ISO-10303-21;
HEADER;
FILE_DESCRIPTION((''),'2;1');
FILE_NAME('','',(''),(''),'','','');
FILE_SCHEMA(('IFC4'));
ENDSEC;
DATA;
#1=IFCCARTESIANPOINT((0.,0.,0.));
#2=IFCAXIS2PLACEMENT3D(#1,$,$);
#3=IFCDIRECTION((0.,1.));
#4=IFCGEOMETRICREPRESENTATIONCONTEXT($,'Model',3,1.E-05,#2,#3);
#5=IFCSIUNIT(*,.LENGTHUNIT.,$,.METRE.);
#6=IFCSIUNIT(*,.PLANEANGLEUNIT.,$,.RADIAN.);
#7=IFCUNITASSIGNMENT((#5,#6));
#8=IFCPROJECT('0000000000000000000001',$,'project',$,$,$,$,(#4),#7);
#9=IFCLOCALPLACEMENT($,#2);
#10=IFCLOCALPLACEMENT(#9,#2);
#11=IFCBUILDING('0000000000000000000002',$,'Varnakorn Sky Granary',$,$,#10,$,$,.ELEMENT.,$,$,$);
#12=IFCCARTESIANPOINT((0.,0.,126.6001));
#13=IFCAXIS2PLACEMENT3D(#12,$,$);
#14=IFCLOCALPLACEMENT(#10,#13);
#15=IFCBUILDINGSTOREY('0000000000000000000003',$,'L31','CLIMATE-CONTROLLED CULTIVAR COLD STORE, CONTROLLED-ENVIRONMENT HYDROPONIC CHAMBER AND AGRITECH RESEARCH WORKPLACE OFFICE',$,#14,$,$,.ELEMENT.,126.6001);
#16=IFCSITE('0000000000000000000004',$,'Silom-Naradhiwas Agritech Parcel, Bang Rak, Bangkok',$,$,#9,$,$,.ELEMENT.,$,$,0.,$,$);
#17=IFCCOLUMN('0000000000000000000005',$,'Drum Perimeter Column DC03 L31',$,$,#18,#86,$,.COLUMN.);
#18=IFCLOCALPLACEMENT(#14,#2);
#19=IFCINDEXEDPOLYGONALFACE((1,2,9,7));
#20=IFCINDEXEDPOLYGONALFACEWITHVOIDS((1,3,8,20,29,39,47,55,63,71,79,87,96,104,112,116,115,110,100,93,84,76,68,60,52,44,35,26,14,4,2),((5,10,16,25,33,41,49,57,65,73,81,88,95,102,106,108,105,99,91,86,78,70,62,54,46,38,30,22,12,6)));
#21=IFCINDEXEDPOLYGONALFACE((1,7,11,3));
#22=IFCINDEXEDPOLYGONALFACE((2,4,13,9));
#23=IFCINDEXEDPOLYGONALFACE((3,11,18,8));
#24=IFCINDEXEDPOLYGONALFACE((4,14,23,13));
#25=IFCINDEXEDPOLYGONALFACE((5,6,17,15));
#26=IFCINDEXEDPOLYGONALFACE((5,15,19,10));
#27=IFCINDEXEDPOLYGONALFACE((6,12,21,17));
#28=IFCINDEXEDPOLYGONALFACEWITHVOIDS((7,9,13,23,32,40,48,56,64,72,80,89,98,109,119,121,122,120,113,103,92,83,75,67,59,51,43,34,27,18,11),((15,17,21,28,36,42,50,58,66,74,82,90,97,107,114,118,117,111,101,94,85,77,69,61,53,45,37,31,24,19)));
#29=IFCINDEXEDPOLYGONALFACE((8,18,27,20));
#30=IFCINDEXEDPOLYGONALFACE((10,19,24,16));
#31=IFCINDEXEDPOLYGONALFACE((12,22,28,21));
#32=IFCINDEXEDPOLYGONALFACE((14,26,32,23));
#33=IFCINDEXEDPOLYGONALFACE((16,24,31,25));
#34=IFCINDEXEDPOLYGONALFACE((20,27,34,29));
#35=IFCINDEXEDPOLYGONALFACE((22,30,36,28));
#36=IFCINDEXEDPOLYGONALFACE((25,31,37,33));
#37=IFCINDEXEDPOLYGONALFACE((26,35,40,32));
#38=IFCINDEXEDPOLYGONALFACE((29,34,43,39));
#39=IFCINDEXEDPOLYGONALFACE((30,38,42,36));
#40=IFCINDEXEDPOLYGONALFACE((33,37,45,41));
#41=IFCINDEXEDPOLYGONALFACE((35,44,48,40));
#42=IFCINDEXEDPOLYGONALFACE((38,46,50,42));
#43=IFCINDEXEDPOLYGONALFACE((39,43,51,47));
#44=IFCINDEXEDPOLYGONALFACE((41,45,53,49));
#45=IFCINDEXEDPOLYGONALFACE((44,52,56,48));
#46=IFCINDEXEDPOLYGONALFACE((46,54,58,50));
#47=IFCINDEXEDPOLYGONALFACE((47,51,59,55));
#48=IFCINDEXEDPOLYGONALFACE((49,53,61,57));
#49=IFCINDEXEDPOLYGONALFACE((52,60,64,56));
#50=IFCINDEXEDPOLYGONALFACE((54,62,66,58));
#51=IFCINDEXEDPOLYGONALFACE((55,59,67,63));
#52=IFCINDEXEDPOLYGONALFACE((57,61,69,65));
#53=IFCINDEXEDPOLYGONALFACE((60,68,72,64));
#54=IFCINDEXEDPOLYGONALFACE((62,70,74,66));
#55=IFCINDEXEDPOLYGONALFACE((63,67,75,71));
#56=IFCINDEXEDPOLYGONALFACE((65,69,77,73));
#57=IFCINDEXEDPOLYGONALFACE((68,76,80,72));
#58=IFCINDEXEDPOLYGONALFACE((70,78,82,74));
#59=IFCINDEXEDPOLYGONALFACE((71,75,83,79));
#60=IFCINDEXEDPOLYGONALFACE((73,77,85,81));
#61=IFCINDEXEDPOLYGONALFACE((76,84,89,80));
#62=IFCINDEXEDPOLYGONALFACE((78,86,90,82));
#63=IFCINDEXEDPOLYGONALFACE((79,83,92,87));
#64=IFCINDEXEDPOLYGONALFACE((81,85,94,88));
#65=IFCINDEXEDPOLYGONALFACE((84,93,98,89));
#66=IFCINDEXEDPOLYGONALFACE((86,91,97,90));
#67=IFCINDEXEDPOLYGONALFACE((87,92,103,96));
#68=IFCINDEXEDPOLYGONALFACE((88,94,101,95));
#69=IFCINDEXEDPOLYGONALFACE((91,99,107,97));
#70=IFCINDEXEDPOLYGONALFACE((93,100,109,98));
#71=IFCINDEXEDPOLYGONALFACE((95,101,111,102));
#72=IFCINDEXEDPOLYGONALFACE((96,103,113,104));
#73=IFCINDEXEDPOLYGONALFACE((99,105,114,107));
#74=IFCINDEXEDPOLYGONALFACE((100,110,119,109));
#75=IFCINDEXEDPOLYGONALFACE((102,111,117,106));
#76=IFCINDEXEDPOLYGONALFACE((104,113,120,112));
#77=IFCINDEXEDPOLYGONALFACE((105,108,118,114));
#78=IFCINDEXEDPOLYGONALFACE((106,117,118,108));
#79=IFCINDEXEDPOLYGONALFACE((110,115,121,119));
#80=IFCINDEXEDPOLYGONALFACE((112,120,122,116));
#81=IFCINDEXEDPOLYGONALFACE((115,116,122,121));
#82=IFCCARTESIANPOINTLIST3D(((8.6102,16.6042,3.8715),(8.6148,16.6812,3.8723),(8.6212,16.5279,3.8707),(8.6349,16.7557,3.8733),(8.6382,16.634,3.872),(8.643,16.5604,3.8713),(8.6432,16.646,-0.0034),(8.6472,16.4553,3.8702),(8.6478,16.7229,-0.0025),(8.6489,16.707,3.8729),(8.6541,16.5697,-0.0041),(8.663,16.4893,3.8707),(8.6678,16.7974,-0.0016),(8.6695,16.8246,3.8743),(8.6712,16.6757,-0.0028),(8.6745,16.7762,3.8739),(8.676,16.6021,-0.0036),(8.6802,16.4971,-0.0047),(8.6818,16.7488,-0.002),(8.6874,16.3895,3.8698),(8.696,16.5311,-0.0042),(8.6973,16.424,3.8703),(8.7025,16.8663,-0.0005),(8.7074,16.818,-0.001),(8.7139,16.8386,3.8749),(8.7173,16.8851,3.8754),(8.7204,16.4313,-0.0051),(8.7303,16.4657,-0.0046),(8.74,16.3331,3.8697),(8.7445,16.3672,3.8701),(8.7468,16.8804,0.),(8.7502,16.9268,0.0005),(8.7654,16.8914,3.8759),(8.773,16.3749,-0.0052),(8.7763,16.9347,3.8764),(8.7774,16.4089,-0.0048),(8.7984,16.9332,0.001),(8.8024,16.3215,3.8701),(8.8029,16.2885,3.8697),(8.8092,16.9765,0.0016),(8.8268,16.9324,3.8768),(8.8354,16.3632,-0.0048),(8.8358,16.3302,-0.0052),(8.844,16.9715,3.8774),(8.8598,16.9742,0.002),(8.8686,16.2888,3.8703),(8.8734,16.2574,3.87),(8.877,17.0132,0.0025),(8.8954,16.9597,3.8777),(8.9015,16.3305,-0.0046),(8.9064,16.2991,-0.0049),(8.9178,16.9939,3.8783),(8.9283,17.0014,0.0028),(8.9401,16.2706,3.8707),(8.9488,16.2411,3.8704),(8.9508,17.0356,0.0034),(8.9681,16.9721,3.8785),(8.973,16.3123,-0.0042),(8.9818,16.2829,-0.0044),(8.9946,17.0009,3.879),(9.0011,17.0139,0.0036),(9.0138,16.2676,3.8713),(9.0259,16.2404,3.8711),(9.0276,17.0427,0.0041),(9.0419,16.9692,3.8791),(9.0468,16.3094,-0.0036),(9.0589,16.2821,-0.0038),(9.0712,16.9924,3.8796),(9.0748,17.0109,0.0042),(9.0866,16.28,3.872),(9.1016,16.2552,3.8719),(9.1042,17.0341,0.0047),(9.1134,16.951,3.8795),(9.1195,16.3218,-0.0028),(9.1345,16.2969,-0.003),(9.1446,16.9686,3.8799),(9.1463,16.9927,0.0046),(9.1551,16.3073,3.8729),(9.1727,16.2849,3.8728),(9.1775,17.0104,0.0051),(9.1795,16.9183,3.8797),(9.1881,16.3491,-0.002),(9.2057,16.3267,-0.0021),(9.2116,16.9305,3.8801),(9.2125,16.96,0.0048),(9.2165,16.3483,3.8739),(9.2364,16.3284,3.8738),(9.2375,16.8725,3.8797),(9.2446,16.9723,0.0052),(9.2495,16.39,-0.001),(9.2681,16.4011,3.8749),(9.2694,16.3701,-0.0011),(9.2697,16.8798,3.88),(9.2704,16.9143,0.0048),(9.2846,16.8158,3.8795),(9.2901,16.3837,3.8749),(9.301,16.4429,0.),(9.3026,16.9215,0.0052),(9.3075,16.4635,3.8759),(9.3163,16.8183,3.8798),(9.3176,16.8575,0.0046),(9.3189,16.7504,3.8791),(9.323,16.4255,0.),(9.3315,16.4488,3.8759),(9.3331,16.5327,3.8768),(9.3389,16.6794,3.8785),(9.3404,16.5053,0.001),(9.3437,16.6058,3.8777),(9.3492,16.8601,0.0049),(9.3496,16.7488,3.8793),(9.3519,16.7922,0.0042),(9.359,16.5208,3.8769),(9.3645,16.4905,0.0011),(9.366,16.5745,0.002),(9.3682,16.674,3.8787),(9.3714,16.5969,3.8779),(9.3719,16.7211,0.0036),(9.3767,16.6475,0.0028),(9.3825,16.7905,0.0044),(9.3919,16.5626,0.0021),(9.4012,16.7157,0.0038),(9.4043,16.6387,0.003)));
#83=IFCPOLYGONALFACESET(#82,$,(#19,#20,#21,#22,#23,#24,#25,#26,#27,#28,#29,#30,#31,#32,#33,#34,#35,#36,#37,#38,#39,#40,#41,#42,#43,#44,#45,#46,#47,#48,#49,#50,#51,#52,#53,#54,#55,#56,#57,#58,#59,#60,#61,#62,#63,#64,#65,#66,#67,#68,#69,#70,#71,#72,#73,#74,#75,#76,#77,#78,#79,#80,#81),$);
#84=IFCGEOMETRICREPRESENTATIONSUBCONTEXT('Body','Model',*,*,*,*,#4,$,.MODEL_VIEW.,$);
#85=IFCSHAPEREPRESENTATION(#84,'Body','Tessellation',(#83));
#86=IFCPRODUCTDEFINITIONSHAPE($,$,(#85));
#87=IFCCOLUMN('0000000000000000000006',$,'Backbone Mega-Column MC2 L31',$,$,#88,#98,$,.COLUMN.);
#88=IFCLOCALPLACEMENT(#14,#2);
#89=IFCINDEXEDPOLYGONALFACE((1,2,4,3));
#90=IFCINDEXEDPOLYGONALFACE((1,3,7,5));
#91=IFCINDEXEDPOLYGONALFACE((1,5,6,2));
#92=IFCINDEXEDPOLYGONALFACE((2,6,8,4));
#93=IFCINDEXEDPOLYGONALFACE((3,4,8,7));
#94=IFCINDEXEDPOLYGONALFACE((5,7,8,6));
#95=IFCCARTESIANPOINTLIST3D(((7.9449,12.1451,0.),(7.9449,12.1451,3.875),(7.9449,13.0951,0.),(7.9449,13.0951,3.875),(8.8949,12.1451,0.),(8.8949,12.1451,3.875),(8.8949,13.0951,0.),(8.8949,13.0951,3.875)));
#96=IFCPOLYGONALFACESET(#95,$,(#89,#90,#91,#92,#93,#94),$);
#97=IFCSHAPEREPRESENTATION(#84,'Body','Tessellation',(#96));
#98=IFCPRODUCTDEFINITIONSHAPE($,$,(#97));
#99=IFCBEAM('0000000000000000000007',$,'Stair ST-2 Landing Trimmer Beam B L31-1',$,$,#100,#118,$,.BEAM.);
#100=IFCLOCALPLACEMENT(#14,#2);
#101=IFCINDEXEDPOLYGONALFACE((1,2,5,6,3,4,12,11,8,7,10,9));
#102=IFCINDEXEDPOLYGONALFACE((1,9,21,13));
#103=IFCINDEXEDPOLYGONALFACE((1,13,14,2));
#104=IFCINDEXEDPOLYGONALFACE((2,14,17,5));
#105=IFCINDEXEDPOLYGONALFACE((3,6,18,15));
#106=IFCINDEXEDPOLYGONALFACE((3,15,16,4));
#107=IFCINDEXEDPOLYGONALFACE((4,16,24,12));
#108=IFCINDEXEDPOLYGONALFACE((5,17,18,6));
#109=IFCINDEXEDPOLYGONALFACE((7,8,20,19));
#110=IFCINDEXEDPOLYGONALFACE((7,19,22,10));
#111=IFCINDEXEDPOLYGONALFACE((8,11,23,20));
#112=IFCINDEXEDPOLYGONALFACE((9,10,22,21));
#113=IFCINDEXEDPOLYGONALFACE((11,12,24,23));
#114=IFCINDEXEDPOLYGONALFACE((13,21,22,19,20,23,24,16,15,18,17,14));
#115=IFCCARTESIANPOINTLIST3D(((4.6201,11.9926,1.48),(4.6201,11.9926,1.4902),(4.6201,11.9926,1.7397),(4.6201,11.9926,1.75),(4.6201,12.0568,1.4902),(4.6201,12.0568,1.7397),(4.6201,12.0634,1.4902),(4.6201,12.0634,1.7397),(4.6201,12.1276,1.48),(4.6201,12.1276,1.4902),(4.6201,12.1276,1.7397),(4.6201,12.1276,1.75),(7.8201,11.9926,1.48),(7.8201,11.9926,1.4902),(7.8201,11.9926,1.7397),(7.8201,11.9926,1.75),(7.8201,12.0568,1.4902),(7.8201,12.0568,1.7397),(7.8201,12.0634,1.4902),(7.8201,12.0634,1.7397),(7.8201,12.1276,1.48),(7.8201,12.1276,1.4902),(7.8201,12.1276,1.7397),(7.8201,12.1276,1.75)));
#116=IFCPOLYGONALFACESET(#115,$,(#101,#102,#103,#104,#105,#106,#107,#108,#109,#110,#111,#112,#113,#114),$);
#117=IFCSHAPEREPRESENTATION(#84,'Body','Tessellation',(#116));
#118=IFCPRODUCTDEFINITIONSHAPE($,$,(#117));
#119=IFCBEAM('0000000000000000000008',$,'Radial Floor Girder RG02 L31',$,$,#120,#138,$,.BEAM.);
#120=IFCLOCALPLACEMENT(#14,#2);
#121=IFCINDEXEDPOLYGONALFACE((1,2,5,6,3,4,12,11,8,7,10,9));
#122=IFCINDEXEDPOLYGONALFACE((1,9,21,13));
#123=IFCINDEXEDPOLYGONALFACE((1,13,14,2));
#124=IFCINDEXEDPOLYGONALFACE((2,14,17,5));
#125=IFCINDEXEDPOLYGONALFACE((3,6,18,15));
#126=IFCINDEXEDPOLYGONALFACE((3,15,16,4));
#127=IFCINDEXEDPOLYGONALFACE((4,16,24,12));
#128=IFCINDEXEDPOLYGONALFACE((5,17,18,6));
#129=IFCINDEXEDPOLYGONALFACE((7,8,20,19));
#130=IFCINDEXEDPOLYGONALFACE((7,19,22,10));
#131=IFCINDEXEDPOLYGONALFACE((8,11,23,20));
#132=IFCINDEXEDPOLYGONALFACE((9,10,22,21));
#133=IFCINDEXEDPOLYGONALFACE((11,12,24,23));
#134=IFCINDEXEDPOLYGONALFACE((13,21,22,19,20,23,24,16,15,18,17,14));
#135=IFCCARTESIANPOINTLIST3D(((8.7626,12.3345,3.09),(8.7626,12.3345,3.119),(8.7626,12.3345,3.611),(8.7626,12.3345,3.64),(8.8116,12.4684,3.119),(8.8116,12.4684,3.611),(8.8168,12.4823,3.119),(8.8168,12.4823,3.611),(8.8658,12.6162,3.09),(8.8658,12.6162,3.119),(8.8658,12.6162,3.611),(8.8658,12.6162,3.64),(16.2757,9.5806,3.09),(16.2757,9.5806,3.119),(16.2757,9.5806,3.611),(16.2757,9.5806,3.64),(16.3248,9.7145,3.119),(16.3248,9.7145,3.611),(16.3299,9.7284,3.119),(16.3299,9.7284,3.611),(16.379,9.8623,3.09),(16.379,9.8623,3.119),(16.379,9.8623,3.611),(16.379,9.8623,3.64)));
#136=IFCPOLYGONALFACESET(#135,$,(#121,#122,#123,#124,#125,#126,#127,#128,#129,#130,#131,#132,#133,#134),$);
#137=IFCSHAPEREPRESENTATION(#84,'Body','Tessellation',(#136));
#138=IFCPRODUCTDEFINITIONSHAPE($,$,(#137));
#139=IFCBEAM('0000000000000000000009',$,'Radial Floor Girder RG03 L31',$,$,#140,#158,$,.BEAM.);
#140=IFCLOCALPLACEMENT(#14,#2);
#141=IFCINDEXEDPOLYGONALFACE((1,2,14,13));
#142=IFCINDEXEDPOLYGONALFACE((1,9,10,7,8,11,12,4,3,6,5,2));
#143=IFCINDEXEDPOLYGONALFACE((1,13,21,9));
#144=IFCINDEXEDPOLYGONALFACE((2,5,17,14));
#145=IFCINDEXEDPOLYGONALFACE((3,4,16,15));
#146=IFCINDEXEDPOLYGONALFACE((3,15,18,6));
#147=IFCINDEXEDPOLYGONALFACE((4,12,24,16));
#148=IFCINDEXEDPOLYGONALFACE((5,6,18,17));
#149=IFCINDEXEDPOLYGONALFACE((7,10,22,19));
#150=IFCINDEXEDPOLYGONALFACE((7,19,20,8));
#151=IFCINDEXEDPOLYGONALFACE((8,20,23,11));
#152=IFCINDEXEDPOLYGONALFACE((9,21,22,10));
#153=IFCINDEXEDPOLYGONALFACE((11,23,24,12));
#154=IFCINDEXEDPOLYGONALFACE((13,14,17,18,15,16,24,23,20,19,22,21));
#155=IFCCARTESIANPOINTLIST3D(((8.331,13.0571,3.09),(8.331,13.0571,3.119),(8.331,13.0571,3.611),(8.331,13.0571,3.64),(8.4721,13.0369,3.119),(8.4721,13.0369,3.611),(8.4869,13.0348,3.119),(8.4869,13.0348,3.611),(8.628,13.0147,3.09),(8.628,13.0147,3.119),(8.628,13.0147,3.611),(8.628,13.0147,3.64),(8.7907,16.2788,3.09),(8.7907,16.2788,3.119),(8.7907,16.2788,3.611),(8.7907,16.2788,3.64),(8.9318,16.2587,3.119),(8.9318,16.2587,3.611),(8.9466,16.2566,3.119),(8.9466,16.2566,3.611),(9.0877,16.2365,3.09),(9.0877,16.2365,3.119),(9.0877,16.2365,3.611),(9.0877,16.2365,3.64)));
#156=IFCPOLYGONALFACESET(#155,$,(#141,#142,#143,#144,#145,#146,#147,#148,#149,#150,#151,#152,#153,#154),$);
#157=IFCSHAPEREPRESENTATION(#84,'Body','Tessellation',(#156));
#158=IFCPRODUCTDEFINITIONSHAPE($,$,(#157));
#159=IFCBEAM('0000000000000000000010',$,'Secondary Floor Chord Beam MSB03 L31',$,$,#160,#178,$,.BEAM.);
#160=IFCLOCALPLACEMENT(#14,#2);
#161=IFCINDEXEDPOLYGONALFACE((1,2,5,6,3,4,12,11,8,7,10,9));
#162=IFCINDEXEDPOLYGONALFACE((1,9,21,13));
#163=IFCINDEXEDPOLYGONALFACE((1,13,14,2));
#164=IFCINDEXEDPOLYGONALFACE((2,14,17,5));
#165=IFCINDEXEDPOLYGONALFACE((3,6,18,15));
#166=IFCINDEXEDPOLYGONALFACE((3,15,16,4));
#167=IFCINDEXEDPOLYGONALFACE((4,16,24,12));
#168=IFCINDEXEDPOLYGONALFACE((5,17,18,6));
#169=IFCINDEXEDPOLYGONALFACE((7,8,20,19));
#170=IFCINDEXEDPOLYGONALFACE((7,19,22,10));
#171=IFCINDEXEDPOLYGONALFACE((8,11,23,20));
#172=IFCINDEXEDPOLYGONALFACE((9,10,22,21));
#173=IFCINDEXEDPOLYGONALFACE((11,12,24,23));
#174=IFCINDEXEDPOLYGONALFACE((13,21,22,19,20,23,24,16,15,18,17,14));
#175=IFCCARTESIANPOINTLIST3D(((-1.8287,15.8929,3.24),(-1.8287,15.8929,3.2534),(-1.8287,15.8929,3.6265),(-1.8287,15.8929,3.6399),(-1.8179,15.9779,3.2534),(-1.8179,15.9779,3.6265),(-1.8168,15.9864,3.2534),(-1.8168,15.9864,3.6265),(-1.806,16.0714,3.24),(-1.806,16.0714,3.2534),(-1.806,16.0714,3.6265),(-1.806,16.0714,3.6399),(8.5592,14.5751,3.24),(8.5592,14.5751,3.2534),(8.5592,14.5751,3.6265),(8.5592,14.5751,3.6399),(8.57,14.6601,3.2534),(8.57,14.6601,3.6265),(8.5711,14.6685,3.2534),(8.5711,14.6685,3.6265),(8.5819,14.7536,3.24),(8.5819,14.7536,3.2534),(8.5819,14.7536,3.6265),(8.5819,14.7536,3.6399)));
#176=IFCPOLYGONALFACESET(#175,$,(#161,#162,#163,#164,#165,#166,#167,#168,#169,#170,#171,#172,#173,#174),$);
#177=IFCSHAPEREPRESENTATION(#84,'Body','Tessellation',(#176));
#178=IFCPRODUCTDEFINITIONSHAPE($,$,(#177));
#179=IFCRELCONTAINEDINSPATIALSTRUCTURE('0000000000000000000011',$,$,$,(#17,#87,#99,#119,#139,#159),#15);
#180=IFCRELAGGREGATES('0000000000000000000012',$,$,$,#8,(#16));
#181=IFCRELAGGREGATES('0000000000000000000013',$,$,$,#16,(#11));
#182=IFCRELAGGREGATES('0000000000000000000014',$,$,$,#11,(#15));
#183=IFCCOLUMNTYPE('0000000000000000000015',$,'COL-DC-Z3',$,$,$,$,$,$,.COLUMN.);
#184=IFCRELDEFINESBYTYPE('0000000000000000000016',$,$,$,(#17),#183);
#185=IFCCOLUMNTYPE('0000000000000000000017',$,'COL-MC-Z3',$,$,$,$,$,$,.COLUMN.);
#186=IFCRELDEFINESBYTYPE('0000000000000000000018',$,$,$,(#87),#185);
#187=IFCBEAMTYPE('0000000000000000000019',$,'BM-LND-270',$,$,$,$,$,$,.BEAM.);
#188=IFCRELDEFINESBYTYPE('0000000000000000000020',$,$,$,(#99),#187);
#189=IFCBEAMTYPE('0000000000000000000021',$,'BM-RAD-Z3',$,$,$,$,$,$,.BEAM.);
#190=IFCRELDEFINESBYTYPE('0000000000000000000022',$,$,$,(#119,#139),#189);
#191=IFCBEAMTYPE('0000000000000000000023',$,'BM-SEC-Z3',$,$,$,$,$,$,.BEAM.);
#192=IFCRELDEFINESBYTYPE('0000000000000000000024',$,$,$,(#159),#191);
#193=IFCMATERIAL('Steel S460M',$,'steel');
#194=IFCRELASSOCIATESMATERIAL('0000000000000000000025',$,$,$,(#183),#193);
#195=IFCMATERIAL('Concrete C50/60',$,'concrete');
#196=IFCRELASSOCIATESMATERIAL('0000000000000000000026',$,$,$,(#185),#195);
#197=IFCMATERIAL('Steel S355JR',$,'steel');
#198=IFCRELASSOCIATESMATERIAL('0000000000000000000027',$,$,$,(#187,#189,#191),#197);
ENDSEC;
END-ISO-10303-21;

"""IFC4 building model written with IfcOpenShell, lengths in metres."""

from ifc_helpers import new_model, si_unit, direction, frame, origin, origin_2d, place, context, subcontext, project, spatial, rectangle, hollow_circle, i_section, extrude, material, material_profile, profile_set, type_object, element, save


model = new_model("IFC4")

# Units and contexts
model_context = context("Model", 3, precision=1e-05, world=origin(), true_north=direction((0.0, 1.0)))
body_context = subcontext(model_context, "Body", "Model", "MODEL_VIEW")
ifc_project = project(units=[si_unit("LENGTHUNIT", "METRE"), si_unit("PLANEANGLEUNIT", "RADIAN")], contexts=[model_context])

# Site, building, storey
site_placement = place(None, origin())
site = spatial("IfcSite", under=ifc_project, at=site_placement, Name="Silom-Naradhiwas Agritech Parcel, Bang Rak, Bangkok", CompositionType="ELEMENT", RefElevation=0.0)
building_placement = place(site_placement, origin())
building = spatial("IfcBuilding", under=site, at=building_placement, Name="Varnakorn Sky Granary", CompositionType="ELEMENT")
storey_placement = place(building_placement, frame((0.0, 0.0, 126.6001)))
storey = spatial("IfcBuildingStorey", under=building, at=storey_placement, Name="L31", Description="CLIMATE-CONTROLLED CULTIVAR COLD STORE, CONTROLLED-ENVIRONMENT HYDROPONIC CHAMBER AND AGRITECH RESEARCH WORKPLACE OFFICE", CompositionType="ELEMENT", Elevation=126.6001)

# Columns
ifc_material_1 = material(Name="Steel S460M", Category="steel")
ifc_material_profile_1 = material_profile(ifc_material_1, hollow_circle(Radius=0.3811, WallThickness=0.0281, at=origin_2d()), Name="CHS 762x28")
ifc_profile_set_1 = profile_set([ifc_material_profile_1], Name="Steel S460M")
column_type_1 = type_object("IfcColumnType", Name="COL-DC-Z3", PredefinedType="COLUMN", material=ifc_profile_set_1)
column_1_placement = place(storey_placement, frame((9.0239, 16.6616, 0.0), z_axis=(-0.008505, -0.010773, 0.999906), x_axis=(0.784883, -0.619644, 0.0)))
element("IfcColumn", 1, at=column_1_placement, inside=storey, type_object=column_type_1, Name="Drum Perimeter Column DC03 L31", PredefinedType="COLUMN", context=body_context, shape_type="SweptSolid", body=[
    extrude(hollow_circle(Radius=0.3811, WallThickness=0.0281, at=origin_2d()), origin(), (0.0, 0.0, 1.0), 3.8752),
])
ifc_material_2 = material(Name="Concrete C50/60", Category="concrete")
ifc_material_profile_2 = material_profile(ifc_material_2, rectangle(XDim=0.95, YDim=0.95, at=origin_2d()), Name="RC 950x950")
ifc_profile_set_2 = profile_set([ifc_material_profile_2], Name="Concrete C50/60")
column_type_2 = type_object("IfcColumnType", Name="COL-MC-Z3", PredefinedType="COLUMN", material=ifc_profile_set_2)
column_2_placement = place(storey_placement, frame((8.4199, 12.6201, 0.0), z_axis=(0.0, 0.0, 1.0), x_axis=(1.0, 0.0, 0.0)))
element("IfcColumn", 2, at=column_2_placement, inside=storey, type_object=column_type_2, Name="Backbone Mega-Column MC2 L31", PredefinedType="COLUMN", context=body_context, shape_type="SweptSolid", body=[
    extrude(rectangle(XDim=0.95, YDim=0.95, at=origin_2d()), origin(), (0.0, 0.0, 1.0), 3.875),
])

# Beams
ifc_material_3 = material(Name="Steel S355JR", Category="steel")
ifc_material_profile_3 = material_profile(ifc_material_3, i_section(OverallWidth=0.135, OverallDepth=0.27, WebThickness=0.0066, FlangeThickness=0.0103, at=origin_2d()), Name="IPE 270")
ifc_profile_set_3 = profile_set([ifc_material_profile_3], Name="Steel S355JR")
beam_type_1 = type_object("IfcBeamType", Name="BM-LND-270", PredefinedType="BEAM", material=ifc_profile_set_3)
beam_1_placement = place(storey_placement, frame((4.6201, 12.0601, 1.615), z_axis=(1.0, 0.0, 0.0), x_axis=(0.0, 1.0, 0.0)))
element("IfcBeam", 3, at=beam_1_placement, inside=storey, type_object=beam_type_1, Name="Stair ST-2 Landing Trimmer Beam B L31-1", PredefinedType="BEAM", context=body_context, shape_type="SweptSolid", body=[
    extrude(i_section(OverallWidth=0.135, OverallDepth=0.27, WebThickness=0.0066, FlangeThickness=0.0103, at=origin_2d()), origin(), (0.0, 0.0, 1.0), 3.2),
])
ifc_material_profile_4 = material_profile(ifc_material_3, i_section(OverallWidth=0.3, OverallDepth=0.55, WebThickness=0.0149, FlangeThickness=0.0291, at=origin_2d()), Name="HE 550 B")
ifc_profile_set_4 = profile_set([ifc_material_profile_4], Name="Steel S355JR")
beam_type_2 = type_object("IfcBeamType", Name="BM-RAD-Z3", PredefinedType="BEAM", material=ifc_profile_set_4)
beam_2_placement = place(storey_placement, frame((8.8142, 12.4753, 3.365), z_axis=(0.938914, -0.344152, 0.0), x_axis=(0.344152, 0.938914, 0.0)))
element("IfcBeam", 4, at=beam_2_placement, inside=storey, type_object=beam_type_2, Name="Radial Floor Girder RG02 L31", PredefinedType="BEAM", context=body_context, shape_type="SweptSolid", body=[
    extrude(i_section(OverallWidth=0.3, OverallDepth=0.55, WebThickness=0.0149, FlangeThickness=0.0291, at=origin_2d()), origin(), (0.0, 0.0, 1.0), 8.002),
])
beam_3_placement = place(storey_placement, frame((8.4795, 13.0359, 3.365), z_axis=(0.141264, 0.989972, 0.0), x_axis=(-0.989972, 0.141264, 0.0)))
element("IfcBeam", 5, at=beam_3_placement, inside=storey, type_object=beam_type_2, Name="Radial Floor Girder RG03 L31", PredefinedType="BEAM", context=body_context, shape_type="SweptSolid", body=[
    extrude(i_section(OverallWidth=0.3, OverallDepth=0.55, WebThickness=0.0149, FlangeThickness=0.0291, at=origin_2d()), origin(), (0.0, 0.0, 1.0), 3.2544),
])
ifc_material_profile_5 = material_profile(ifc_material_3, i_section(OverallWidth=0.1799, OverallDepth=0.3999, WebThickness=0.0085, FlangeThickness=0.0134, at=origin_2d()), Name="IPE 400")
ifc_profile_set_5 = profile_set([ifc_material_profile_5], Name="Steel S355JR")
beam_type_3 = type_object("IfcBeamType", Name="BM-SEC-Z3", PredefinedType="BEAM", material=ifc_profile_set_5)
beam_4_placement = place(storey_placement, frame((8.5706, 14.6643, 3.4399), z_axis=(-0.992048, 0.125857, 0.0), x_axis=(-0.125857, -0.992048, 0.0)))
element("IfcBeam", 6, at=beam_4_placement, inside=storey, type_object=beam_type_3, Name="Secondary Floor Chord Beam MSB03 L31", PredefinedType="BEAM", context=body_context, shape_type="SweptSolid", body=[
    extrude(i_section(OverallWidth=0.1799, OverallDepth=0.3999, WebThickness=0.0085, FlangeThickness=0.0134, at=origin_2d()), origin(), (0.0, 0.0, 1.0), 10.4712),
])

save(model, "model.ifc")
